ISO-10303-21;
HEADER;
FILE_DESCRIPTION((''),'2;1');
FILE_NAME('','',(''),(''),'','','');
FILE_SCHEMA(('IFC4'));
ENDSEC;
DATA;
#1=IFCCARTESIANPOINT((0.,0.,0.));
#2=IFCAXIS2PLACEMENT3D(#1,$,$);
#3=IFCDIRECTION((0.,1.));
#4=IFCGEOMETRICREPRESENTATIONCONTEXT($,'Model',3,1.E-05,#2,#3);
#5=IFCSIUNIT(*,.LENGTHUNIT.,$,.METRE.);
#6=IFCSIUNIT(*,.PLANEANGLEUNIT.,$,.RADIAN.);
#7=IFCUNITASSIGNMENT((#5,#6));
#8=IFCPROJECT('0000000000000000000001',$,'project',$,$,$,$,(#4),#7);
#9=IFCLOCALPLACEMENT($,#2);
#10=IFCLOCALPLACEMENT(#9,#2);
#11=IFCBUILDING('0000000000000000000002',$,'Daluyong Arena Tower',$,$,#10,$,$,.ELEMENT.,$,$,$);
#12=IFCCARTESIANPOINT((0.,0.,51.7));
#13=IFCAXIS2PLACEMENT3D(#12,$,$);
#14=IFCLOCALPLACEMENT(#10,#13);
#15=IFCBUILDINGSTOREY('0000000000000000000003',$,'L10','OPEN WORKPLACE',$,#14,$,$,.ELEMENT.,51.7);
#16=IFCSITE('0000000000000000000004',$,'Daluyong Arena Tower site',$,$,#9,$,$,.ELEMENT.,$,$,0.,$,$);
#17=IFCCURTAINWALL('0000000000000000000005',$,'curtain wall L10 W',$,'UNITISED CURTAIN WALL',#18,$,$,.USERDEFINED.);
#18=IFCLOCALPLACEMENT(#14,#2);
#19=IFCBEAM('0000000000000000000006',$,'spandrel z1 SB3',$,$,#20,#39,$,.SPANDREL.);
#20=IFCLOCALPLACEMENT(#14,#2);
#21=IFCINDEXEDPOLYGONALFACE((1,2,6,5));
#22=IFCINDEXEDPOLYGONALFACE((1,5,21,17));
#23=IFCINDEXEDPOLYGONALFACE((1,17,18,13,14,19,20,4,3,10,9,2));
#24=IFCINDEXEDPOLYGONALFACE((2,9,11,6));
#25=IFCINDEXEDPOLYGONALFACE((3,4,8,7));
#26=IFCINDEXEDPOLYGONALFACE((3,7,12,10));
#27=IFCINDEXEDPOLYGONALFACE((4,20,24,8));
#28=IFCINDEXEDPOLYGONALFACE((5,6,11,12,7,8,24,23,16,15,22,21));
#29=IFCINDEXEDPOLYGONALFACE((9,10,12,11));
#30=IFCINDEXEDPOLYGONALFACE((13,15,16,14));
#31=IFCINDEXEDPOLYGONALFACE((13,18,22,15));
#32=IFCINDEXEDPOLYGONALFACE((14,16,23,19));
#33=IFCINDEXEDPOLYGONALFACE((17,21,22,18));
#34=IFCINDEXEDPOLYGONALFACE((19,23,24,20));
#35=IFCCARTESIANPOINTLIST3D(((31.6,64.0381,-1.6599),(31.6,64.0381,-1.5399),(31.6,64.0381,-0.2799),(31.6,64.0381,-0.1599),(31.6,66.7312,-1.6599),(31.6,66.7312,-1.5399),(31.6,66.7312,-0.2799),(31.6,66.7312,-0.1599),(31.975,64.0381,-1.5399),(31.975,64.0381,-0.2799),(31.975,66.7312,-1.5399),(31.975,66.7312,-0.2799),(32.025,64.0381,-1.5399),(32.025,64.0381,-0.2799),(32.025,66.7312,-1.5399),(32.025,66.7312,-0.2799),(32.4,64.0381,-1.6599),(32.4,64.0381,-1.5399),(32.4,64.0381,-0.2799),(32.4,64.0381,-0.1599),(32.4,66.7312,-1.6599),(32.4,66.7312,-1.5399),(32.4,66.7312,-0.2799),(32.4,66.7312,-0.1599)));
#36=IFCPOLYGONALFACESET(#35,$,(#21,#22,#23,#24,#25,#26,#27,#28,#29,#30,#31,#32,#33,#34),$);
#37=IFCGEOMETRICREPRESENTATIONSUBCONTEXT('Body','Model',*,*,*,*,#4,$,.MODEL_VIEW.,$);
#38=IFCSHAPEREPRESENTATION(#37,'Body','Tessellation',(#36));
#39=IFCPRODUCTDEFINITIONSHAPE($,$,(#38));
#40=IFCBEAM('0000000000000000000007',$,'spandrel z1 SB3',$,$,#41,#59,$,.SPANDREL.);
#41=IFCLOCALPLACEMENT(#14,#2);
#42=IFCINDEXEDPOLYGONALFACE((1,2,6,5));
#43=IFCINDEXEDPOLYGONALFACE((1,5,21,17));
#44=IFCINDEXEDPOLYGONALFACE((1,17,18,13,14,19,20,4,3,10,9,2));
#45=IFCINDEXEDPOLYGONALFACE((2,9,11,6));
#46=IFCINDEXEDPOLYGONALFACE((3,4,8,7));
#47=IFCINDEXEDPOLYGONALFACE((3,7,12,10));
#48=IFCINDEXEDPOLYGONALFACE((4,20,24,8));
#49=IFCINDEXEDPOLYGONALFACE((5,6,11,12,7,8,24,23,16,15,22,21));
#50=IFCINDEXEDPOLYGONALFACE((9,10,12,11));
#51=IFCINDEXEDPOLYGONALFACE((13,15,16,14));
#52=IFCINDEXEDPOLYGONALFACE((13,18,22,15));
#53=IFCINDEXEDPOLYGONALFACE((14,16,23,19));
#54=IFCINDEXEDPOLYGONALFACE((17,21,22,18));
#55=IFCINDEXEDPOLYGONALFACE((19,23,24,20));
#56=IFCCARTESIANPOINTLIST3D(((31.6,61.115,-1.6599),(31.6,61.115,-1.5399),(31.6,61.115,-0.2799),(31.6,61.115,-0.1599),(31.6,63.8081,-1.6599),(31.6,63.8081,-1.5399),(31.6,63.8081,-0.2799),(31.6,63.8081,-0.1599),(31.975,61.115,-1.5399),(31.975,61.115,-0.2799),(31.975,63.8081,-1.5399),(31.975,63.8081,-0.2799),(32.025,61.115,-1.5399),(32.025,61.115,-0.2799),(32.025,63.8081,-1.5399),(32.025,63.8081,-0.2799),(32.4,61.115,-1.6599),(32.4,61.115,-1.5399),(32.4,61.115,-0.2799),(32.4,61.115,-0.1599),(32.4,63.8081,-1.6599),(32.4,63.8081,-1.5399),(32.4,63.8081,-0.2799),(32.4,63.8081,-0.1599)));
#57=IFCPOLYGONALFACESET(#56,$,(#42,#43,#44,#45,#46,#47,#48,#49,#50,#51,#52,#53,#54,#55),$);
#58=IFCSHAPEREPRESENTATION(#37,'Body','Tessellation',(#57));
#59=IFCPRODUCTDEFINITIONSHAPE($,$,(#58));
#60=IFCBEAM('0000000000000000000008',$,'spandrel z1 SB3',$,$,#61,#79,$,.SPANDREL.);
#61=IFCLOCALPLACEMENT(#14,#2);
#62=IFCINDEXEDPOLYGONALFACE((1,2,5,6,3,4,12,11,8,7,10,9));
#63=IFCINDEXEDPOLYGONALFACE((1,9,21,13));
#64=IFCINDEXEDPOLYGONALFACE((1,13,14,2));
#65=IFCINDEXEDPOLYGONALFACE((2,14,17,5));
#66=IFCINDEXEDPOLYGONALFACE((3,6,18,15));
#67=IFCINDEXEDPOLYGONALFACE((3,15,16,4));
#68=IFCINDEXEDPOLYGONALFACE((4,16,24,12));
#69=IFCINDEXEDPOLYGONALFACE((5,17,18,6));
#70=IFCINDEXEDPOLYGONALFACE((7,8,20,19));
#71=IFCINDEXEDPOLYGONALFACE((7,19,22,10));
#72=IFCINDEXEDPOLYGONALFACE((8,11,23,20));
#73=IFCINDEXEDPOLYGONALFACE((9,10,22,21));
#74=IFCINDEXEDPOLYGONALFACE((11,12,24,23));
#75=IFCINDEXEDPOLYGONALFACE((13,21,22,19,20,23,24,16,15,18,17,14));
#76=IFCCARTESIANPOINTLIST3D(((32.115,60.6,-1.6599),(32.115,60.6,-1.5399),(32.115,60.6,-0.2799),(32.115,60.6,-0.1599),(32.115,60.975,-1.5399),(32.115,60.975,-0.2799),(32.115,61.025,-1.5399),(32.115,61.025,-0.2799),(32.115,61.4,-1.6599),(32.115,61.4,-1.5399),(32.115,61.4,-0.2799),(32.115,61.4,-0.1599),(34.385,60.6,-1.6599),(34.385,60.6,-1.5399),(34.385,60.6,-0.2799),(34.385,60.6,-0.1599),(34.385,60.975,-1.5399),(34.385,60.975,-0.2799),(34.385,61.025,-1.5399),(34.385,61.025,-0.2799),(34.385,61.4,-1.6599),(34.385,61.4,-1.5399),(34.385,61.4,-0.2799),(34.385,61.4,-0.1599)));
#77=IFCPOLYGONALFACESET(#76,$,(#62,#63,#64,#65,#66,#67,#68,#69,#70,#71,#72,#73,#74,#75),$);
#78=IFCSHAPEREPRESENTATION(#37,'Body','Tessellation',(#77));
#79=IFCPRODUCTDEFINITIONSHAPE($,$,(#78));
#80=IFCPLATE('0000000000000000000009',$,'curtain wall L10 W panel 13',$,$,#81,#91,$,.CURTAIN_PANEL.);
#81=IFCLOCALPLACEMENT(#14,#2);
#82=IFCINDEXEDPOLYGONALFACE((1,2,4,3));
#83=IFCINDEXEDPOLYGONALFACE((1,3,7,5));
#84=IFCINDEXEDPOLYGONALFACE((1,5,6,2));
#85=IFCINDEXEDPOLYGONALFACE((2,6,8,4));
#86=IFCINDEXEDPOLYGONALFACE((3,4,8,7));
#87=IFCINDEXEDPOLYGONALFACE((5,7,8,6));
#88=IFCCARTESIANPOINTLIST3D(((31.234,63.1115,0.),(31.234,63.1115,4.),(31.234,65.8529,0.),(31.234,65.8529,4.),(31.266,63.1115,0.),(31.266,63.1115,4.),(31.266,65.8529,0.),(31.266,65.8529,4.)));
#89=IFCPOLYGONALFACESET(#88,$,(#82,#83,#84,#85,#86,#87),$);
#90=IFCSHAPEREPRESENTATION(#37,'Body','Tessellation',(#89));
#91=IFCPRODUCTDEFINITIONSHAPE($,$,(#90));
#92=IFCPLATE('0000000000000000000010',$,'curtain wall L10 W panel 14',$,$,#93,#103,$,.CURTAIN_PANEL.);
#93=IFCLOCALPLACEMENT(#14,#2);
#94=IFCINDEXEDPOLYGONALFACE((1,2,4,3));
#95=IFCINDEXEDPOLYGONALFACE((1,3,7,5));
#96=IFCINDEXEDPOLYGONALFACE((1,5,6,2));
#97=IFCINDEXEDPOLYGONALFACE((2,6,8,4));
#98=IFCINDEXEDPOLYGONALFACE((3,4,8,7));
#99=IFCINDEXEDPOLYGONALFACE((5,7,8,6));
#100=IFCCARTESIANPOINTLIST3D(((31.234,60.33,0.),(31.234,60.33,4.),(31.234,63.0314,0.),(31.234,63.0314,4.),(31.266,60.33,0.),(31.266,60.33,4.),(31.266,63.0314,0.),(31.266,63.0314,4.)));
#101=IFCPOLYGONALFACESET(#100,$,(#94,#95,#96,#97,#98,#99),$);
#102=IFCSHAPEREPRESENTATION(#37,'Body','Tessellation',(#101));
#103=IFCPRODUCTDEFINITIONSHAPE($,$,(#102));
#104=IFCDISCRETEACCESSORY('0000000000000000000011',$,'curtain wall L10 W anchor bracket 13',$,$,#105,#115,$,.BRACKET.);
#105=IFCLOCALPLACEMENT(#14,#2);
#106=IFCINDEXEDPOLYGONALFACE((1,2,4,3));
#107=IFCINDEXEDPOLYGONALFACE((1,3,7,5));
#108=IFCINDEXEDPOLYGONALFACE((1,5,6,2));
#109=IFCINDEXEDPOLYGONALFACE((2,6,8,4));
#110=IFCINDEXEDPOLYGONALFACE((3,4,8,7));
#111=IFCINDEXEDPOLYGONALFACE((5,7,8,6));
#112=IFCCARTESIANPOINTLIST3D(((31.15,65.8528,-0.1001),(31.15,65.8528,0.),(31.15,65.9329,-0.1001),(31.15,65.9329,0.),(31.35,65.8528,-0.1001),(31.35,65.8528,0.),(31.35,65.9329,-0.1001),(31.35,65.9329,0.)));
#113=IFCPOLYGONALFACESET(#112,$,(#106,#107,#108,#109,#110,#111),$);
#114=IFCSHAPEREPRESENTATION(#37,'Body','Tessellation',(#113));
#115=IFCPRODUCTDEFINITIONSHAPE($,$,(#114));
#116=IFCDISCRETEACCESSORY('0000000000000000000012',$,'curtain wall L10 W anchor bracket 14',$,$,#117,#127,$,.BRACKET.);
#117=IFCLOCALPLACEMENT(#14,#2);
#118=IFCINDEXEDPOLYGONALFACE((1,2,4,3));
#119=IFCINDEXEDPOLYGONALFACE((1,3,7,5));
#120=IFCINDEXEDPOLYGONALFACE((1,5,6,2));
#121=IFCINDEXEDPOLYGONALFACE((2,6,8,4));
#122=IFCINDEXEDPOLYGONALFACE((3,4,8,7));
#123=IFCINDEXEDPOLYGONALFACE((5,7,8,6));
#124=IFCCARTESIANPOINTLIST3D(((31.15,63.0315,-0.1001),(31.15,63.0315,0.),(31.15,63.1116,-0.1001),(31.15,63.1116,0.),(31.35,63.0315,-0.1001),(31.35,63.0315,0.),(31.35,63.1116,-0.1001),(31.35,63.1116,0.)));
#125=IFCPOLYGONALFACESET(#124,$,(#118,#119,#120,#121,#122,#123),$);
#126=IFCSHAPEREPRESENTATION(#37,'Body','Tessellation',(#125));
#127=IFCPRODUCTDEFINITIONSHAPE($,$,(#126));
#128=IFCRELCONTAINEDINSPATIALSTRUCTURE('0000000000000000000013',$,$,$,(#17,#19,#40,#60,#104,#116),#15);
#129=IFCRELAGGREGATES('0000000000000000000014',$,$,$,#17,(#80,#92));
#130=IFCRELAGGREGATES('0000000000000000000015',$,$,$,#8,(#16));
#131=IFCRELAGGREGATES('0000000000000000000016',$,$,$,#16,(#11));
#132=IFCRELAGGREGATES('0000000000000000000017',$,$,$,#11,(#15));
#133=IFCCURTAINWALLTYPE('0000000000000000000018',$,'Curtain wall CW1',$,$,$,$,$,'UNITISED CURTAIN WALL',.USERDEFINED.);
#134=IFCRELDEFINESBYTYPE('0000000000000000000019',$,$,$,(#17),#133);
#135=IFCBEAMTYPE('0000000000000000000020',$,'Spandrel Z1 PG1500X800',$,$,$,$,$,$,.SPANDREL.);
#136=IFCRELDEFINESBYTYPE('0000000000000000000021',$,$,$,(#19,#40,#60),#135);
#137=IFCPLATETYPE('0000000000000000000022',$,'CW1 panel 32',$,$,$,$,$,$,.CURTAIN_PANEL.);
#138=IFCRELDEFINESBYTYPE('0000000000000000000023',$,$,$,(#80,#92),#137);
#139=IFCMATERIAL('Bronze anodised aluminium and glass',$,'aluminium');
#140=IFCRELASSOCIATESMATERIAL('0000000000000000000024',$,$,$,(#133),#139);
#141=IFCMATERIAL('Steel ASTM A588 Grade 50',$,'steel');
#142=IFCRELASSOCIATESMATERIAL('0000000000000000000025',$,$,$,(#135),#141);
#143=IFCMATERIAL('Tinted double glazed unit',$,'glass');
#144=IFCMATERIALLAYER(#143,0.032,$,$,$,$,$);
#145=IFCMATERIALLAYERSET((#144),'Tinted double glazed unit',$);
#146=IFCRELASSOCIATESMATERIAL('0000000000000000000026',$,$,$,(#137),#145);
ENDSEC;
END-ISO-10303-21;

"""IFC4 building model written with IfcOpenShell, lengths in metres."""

from ifc_helpers import new_model, si_unit, direction, frame, origin, origin_2d, place, context, subcontext, project, spatial, rectangle, i_section, extrude, material, layer, layer_set, material_profile, profile_set, type_object, element, aggregate, save


model = new_model("IFC4")

# Units and contexts
model_context = context("Model", 3, precision=1e-05, world=origin(), true_north=direction((0.0, 1.0)))
body_context = subcontext(model_context, "Body", "Model", "MODEL_VIEW")
ifc_project = project(units=[si_unit("LENGTHUNIT", "METRE"), si_unit("PLANEANGLEUNIT", "RADIAN")], contexts=[model_context])

# Site, building, storey
site_placement = place(None, origin())
site = spatial("IfcSite", under=ifc_project, at=site_placement, Name="Daluyong Arena Tower site", CompositionType="ELEMENT", RefElevation=0.0)
building_placement = place(site_placement, origin())
building = spatial("IfcBuilding", under=site, at=building_placement, Name="Daluyong Arena Tower", CompositionType="ELEMENT")
storey_placement = place(building_placement, frame((0.0, 0.0, 51.7)))
storey = spatial("IfcBuildingStorey", under=building, at=storey_placement, Name="L10", Description="OPEN WORKPLACE", CompositionType="ELEMENT", Elevation=51.7)

# Curtain wall
ifc_material_1 = material(Name="Bronze anodised aluminium and glass", Category="aluminium")
curtain_wall_type_1 = type_object("IfcCurtainWallType", Name="Curtain wall CW1", ElementType="UNITISED CURTAIN WALL", PredefinedType="USERDEFINED", material=ifc_material_1)
curtain_wall_1_placement = place(storey_placement, origin())
curtain_wall_1 = element("IfcCurtainWall", 1, at=curtain_wall_1_placement, inside=storey, type_object=curtain_wall_type_1, Name="curtain wall L10 W", ObjectType="UNITISED CURTAIN WALL", PredefinedType="USERDEFINED")

# Beams
ifc_material_2 = material(Name="Steel ASTM A588 Grade 50", Category="steel")
ifc_material_profile_1 = material_profile(ifc_material_2, i_section(OverallWidth=0.8, OverallDepth=1.5, WebThickness=0.05, FlangeThickness=0.12, at=origin_2d()))
ifc_profile_set_1 = profile_set([ifc_material_profile_1], Name="Steel ASTM A588 Grade 50")
beam_type_1 = type_object("IfcBeamType", Name="Spandrel Z1 PG1500X800", PredefinedType="SPANDREL", material=ifc_profile_set_1)
for number, where, z_axis, x_axis, name in (
    (2, (32.0, 66.7312, -0.9099), (0.0, -1.0, 0.0), (1.0, 0.0, 0.0), "spandrel z1 SB3"),
    (3, (32.0, 63.8081, -0.9099), (0.0, -1.0, 0.0), (1.0, 0.0, 0.0), "spandrel z1 SB3"),
):
    element("IfcBeam", number, at=place(storey_placement, frame(where, z_axis=z_axis, x_axis=x_axis)), inside=storey, type_object=beam_type_1, Name=name, PredefinedType="SPANDREL", context=body_context, shape_type="SweptSolid", body=[
        extrude(i_section(OverallWidth=0.8, OverallDepth=1.5, WebThickness=0.05, FlangeThickness=0.12, at=origin_2d()), origin(), (0.0, 0.0, 1.0), 2.6931),
    ])
beam_1_placement = place(storey_placement, frame((32.115, 61.0, -0.9099), z_axis=(1.0, 0.0, 0.0), x_axis=(0.0, 1.0, 0.0)))
element("IfcBeam", 4, at=beam_1_placement, inside=storey, type_object=beam_type_1, Name="spandrel z1 SB3", PredefinedType="SPANDREL", context=body_context, shape_type="SweptSolid", body=[
    extrude(i_section(OverallWidth=0.8, OverallDepth=1.5, WebThickness=0.05, FlangeThickness=0.12, at=origin_2d()), origin(), (0.0, 0.0, 1.0), 2.27),
])

# Plates
ifc_material_3 = material(Name="Tinted double glazed unit", Category="glass")
ifc_layer = layer(ifc_material_3, 0.032)
ifc_layer_set = layer_set([ifc_layer], Name="Tinted double glazed unit")
plate_type = type_object("IfcPlateType", Name="CW1 panel 32", PredefinedType="CURTAIN_PANEL", material=ifc_layer_set)
plate_1_placement = place(storey_placement, frame((31.25, 64.4822, 0.0), z_axis=(0.0, 0.0, 1.0), x_axis=(0.0, -1.0, 0.0)))
plate_1 = element("IfcPlate", 5, at=plate_1_placement, type_object=plate_type, Name="curtain wall L10 W panel 13", PredefinedType="CURTAIN_PANEL", context=body_context, shape_type="SweptSolid", body=[
    extrude(rectangle(XDim=2.7415, YDim=0.032, at=origin_2d()), origin(), (0.0, 0.0, 1.0), 4.0),
])
plate_2_placement = place(storey_placement, frame((31.25, 61.6807, 0.0), z_axis=(0.0, 0.0, 1.0), x_axis=(0.0, -1.0, 0.0)))
plate_2 = element("IfcPlate", 6, at=plate_2_placement, type_object=plate_type, Name="curtain wall L10 W panel 14", PredefinedType="CURTAIN_PANEL", context=body_context, shape_type="SweptSolid", body=[
    extrude(rectangle(XDim=2.7014, YDim=0.032, at=origin_2d()), origin(), (0.0, 0.0, 1.0), 4.0),
])
aggregate(curtain_wall_1, [plate_1, plate_2])

# Discrete accessories
for number, where, z_axis, x_axis, name in (
    (7, (31.25, 65.8928, -0.1001), (0.0, 0.0, 1.0), (0.0, -1.0, 0.0), "curtain wall L10 W anchor bracket 13"),
    (8, (31.25, 63.0715, -0.1001), (0.0, 0.0, 1.0), (0.0, -1.0, 0.0), "curtain wall L10 W anchor bracket 14"),
):
    element("IfcDiscreteAccessory", number, at=place(storey_placement, frame(where, z_axis=z_axis, x_axis=x_axis)), inside=storey, Name=name, PredefinedType="BRACKET", context=body_context, shape_type="SweptSolid", body=[
        extrude(rectangle(XDim=0.0801, YDim=0.2, at=origin_2d()), origin(), (0.0, 0.0, 1.0), 0.1001),
    ])

save(model, "model.ifc")
